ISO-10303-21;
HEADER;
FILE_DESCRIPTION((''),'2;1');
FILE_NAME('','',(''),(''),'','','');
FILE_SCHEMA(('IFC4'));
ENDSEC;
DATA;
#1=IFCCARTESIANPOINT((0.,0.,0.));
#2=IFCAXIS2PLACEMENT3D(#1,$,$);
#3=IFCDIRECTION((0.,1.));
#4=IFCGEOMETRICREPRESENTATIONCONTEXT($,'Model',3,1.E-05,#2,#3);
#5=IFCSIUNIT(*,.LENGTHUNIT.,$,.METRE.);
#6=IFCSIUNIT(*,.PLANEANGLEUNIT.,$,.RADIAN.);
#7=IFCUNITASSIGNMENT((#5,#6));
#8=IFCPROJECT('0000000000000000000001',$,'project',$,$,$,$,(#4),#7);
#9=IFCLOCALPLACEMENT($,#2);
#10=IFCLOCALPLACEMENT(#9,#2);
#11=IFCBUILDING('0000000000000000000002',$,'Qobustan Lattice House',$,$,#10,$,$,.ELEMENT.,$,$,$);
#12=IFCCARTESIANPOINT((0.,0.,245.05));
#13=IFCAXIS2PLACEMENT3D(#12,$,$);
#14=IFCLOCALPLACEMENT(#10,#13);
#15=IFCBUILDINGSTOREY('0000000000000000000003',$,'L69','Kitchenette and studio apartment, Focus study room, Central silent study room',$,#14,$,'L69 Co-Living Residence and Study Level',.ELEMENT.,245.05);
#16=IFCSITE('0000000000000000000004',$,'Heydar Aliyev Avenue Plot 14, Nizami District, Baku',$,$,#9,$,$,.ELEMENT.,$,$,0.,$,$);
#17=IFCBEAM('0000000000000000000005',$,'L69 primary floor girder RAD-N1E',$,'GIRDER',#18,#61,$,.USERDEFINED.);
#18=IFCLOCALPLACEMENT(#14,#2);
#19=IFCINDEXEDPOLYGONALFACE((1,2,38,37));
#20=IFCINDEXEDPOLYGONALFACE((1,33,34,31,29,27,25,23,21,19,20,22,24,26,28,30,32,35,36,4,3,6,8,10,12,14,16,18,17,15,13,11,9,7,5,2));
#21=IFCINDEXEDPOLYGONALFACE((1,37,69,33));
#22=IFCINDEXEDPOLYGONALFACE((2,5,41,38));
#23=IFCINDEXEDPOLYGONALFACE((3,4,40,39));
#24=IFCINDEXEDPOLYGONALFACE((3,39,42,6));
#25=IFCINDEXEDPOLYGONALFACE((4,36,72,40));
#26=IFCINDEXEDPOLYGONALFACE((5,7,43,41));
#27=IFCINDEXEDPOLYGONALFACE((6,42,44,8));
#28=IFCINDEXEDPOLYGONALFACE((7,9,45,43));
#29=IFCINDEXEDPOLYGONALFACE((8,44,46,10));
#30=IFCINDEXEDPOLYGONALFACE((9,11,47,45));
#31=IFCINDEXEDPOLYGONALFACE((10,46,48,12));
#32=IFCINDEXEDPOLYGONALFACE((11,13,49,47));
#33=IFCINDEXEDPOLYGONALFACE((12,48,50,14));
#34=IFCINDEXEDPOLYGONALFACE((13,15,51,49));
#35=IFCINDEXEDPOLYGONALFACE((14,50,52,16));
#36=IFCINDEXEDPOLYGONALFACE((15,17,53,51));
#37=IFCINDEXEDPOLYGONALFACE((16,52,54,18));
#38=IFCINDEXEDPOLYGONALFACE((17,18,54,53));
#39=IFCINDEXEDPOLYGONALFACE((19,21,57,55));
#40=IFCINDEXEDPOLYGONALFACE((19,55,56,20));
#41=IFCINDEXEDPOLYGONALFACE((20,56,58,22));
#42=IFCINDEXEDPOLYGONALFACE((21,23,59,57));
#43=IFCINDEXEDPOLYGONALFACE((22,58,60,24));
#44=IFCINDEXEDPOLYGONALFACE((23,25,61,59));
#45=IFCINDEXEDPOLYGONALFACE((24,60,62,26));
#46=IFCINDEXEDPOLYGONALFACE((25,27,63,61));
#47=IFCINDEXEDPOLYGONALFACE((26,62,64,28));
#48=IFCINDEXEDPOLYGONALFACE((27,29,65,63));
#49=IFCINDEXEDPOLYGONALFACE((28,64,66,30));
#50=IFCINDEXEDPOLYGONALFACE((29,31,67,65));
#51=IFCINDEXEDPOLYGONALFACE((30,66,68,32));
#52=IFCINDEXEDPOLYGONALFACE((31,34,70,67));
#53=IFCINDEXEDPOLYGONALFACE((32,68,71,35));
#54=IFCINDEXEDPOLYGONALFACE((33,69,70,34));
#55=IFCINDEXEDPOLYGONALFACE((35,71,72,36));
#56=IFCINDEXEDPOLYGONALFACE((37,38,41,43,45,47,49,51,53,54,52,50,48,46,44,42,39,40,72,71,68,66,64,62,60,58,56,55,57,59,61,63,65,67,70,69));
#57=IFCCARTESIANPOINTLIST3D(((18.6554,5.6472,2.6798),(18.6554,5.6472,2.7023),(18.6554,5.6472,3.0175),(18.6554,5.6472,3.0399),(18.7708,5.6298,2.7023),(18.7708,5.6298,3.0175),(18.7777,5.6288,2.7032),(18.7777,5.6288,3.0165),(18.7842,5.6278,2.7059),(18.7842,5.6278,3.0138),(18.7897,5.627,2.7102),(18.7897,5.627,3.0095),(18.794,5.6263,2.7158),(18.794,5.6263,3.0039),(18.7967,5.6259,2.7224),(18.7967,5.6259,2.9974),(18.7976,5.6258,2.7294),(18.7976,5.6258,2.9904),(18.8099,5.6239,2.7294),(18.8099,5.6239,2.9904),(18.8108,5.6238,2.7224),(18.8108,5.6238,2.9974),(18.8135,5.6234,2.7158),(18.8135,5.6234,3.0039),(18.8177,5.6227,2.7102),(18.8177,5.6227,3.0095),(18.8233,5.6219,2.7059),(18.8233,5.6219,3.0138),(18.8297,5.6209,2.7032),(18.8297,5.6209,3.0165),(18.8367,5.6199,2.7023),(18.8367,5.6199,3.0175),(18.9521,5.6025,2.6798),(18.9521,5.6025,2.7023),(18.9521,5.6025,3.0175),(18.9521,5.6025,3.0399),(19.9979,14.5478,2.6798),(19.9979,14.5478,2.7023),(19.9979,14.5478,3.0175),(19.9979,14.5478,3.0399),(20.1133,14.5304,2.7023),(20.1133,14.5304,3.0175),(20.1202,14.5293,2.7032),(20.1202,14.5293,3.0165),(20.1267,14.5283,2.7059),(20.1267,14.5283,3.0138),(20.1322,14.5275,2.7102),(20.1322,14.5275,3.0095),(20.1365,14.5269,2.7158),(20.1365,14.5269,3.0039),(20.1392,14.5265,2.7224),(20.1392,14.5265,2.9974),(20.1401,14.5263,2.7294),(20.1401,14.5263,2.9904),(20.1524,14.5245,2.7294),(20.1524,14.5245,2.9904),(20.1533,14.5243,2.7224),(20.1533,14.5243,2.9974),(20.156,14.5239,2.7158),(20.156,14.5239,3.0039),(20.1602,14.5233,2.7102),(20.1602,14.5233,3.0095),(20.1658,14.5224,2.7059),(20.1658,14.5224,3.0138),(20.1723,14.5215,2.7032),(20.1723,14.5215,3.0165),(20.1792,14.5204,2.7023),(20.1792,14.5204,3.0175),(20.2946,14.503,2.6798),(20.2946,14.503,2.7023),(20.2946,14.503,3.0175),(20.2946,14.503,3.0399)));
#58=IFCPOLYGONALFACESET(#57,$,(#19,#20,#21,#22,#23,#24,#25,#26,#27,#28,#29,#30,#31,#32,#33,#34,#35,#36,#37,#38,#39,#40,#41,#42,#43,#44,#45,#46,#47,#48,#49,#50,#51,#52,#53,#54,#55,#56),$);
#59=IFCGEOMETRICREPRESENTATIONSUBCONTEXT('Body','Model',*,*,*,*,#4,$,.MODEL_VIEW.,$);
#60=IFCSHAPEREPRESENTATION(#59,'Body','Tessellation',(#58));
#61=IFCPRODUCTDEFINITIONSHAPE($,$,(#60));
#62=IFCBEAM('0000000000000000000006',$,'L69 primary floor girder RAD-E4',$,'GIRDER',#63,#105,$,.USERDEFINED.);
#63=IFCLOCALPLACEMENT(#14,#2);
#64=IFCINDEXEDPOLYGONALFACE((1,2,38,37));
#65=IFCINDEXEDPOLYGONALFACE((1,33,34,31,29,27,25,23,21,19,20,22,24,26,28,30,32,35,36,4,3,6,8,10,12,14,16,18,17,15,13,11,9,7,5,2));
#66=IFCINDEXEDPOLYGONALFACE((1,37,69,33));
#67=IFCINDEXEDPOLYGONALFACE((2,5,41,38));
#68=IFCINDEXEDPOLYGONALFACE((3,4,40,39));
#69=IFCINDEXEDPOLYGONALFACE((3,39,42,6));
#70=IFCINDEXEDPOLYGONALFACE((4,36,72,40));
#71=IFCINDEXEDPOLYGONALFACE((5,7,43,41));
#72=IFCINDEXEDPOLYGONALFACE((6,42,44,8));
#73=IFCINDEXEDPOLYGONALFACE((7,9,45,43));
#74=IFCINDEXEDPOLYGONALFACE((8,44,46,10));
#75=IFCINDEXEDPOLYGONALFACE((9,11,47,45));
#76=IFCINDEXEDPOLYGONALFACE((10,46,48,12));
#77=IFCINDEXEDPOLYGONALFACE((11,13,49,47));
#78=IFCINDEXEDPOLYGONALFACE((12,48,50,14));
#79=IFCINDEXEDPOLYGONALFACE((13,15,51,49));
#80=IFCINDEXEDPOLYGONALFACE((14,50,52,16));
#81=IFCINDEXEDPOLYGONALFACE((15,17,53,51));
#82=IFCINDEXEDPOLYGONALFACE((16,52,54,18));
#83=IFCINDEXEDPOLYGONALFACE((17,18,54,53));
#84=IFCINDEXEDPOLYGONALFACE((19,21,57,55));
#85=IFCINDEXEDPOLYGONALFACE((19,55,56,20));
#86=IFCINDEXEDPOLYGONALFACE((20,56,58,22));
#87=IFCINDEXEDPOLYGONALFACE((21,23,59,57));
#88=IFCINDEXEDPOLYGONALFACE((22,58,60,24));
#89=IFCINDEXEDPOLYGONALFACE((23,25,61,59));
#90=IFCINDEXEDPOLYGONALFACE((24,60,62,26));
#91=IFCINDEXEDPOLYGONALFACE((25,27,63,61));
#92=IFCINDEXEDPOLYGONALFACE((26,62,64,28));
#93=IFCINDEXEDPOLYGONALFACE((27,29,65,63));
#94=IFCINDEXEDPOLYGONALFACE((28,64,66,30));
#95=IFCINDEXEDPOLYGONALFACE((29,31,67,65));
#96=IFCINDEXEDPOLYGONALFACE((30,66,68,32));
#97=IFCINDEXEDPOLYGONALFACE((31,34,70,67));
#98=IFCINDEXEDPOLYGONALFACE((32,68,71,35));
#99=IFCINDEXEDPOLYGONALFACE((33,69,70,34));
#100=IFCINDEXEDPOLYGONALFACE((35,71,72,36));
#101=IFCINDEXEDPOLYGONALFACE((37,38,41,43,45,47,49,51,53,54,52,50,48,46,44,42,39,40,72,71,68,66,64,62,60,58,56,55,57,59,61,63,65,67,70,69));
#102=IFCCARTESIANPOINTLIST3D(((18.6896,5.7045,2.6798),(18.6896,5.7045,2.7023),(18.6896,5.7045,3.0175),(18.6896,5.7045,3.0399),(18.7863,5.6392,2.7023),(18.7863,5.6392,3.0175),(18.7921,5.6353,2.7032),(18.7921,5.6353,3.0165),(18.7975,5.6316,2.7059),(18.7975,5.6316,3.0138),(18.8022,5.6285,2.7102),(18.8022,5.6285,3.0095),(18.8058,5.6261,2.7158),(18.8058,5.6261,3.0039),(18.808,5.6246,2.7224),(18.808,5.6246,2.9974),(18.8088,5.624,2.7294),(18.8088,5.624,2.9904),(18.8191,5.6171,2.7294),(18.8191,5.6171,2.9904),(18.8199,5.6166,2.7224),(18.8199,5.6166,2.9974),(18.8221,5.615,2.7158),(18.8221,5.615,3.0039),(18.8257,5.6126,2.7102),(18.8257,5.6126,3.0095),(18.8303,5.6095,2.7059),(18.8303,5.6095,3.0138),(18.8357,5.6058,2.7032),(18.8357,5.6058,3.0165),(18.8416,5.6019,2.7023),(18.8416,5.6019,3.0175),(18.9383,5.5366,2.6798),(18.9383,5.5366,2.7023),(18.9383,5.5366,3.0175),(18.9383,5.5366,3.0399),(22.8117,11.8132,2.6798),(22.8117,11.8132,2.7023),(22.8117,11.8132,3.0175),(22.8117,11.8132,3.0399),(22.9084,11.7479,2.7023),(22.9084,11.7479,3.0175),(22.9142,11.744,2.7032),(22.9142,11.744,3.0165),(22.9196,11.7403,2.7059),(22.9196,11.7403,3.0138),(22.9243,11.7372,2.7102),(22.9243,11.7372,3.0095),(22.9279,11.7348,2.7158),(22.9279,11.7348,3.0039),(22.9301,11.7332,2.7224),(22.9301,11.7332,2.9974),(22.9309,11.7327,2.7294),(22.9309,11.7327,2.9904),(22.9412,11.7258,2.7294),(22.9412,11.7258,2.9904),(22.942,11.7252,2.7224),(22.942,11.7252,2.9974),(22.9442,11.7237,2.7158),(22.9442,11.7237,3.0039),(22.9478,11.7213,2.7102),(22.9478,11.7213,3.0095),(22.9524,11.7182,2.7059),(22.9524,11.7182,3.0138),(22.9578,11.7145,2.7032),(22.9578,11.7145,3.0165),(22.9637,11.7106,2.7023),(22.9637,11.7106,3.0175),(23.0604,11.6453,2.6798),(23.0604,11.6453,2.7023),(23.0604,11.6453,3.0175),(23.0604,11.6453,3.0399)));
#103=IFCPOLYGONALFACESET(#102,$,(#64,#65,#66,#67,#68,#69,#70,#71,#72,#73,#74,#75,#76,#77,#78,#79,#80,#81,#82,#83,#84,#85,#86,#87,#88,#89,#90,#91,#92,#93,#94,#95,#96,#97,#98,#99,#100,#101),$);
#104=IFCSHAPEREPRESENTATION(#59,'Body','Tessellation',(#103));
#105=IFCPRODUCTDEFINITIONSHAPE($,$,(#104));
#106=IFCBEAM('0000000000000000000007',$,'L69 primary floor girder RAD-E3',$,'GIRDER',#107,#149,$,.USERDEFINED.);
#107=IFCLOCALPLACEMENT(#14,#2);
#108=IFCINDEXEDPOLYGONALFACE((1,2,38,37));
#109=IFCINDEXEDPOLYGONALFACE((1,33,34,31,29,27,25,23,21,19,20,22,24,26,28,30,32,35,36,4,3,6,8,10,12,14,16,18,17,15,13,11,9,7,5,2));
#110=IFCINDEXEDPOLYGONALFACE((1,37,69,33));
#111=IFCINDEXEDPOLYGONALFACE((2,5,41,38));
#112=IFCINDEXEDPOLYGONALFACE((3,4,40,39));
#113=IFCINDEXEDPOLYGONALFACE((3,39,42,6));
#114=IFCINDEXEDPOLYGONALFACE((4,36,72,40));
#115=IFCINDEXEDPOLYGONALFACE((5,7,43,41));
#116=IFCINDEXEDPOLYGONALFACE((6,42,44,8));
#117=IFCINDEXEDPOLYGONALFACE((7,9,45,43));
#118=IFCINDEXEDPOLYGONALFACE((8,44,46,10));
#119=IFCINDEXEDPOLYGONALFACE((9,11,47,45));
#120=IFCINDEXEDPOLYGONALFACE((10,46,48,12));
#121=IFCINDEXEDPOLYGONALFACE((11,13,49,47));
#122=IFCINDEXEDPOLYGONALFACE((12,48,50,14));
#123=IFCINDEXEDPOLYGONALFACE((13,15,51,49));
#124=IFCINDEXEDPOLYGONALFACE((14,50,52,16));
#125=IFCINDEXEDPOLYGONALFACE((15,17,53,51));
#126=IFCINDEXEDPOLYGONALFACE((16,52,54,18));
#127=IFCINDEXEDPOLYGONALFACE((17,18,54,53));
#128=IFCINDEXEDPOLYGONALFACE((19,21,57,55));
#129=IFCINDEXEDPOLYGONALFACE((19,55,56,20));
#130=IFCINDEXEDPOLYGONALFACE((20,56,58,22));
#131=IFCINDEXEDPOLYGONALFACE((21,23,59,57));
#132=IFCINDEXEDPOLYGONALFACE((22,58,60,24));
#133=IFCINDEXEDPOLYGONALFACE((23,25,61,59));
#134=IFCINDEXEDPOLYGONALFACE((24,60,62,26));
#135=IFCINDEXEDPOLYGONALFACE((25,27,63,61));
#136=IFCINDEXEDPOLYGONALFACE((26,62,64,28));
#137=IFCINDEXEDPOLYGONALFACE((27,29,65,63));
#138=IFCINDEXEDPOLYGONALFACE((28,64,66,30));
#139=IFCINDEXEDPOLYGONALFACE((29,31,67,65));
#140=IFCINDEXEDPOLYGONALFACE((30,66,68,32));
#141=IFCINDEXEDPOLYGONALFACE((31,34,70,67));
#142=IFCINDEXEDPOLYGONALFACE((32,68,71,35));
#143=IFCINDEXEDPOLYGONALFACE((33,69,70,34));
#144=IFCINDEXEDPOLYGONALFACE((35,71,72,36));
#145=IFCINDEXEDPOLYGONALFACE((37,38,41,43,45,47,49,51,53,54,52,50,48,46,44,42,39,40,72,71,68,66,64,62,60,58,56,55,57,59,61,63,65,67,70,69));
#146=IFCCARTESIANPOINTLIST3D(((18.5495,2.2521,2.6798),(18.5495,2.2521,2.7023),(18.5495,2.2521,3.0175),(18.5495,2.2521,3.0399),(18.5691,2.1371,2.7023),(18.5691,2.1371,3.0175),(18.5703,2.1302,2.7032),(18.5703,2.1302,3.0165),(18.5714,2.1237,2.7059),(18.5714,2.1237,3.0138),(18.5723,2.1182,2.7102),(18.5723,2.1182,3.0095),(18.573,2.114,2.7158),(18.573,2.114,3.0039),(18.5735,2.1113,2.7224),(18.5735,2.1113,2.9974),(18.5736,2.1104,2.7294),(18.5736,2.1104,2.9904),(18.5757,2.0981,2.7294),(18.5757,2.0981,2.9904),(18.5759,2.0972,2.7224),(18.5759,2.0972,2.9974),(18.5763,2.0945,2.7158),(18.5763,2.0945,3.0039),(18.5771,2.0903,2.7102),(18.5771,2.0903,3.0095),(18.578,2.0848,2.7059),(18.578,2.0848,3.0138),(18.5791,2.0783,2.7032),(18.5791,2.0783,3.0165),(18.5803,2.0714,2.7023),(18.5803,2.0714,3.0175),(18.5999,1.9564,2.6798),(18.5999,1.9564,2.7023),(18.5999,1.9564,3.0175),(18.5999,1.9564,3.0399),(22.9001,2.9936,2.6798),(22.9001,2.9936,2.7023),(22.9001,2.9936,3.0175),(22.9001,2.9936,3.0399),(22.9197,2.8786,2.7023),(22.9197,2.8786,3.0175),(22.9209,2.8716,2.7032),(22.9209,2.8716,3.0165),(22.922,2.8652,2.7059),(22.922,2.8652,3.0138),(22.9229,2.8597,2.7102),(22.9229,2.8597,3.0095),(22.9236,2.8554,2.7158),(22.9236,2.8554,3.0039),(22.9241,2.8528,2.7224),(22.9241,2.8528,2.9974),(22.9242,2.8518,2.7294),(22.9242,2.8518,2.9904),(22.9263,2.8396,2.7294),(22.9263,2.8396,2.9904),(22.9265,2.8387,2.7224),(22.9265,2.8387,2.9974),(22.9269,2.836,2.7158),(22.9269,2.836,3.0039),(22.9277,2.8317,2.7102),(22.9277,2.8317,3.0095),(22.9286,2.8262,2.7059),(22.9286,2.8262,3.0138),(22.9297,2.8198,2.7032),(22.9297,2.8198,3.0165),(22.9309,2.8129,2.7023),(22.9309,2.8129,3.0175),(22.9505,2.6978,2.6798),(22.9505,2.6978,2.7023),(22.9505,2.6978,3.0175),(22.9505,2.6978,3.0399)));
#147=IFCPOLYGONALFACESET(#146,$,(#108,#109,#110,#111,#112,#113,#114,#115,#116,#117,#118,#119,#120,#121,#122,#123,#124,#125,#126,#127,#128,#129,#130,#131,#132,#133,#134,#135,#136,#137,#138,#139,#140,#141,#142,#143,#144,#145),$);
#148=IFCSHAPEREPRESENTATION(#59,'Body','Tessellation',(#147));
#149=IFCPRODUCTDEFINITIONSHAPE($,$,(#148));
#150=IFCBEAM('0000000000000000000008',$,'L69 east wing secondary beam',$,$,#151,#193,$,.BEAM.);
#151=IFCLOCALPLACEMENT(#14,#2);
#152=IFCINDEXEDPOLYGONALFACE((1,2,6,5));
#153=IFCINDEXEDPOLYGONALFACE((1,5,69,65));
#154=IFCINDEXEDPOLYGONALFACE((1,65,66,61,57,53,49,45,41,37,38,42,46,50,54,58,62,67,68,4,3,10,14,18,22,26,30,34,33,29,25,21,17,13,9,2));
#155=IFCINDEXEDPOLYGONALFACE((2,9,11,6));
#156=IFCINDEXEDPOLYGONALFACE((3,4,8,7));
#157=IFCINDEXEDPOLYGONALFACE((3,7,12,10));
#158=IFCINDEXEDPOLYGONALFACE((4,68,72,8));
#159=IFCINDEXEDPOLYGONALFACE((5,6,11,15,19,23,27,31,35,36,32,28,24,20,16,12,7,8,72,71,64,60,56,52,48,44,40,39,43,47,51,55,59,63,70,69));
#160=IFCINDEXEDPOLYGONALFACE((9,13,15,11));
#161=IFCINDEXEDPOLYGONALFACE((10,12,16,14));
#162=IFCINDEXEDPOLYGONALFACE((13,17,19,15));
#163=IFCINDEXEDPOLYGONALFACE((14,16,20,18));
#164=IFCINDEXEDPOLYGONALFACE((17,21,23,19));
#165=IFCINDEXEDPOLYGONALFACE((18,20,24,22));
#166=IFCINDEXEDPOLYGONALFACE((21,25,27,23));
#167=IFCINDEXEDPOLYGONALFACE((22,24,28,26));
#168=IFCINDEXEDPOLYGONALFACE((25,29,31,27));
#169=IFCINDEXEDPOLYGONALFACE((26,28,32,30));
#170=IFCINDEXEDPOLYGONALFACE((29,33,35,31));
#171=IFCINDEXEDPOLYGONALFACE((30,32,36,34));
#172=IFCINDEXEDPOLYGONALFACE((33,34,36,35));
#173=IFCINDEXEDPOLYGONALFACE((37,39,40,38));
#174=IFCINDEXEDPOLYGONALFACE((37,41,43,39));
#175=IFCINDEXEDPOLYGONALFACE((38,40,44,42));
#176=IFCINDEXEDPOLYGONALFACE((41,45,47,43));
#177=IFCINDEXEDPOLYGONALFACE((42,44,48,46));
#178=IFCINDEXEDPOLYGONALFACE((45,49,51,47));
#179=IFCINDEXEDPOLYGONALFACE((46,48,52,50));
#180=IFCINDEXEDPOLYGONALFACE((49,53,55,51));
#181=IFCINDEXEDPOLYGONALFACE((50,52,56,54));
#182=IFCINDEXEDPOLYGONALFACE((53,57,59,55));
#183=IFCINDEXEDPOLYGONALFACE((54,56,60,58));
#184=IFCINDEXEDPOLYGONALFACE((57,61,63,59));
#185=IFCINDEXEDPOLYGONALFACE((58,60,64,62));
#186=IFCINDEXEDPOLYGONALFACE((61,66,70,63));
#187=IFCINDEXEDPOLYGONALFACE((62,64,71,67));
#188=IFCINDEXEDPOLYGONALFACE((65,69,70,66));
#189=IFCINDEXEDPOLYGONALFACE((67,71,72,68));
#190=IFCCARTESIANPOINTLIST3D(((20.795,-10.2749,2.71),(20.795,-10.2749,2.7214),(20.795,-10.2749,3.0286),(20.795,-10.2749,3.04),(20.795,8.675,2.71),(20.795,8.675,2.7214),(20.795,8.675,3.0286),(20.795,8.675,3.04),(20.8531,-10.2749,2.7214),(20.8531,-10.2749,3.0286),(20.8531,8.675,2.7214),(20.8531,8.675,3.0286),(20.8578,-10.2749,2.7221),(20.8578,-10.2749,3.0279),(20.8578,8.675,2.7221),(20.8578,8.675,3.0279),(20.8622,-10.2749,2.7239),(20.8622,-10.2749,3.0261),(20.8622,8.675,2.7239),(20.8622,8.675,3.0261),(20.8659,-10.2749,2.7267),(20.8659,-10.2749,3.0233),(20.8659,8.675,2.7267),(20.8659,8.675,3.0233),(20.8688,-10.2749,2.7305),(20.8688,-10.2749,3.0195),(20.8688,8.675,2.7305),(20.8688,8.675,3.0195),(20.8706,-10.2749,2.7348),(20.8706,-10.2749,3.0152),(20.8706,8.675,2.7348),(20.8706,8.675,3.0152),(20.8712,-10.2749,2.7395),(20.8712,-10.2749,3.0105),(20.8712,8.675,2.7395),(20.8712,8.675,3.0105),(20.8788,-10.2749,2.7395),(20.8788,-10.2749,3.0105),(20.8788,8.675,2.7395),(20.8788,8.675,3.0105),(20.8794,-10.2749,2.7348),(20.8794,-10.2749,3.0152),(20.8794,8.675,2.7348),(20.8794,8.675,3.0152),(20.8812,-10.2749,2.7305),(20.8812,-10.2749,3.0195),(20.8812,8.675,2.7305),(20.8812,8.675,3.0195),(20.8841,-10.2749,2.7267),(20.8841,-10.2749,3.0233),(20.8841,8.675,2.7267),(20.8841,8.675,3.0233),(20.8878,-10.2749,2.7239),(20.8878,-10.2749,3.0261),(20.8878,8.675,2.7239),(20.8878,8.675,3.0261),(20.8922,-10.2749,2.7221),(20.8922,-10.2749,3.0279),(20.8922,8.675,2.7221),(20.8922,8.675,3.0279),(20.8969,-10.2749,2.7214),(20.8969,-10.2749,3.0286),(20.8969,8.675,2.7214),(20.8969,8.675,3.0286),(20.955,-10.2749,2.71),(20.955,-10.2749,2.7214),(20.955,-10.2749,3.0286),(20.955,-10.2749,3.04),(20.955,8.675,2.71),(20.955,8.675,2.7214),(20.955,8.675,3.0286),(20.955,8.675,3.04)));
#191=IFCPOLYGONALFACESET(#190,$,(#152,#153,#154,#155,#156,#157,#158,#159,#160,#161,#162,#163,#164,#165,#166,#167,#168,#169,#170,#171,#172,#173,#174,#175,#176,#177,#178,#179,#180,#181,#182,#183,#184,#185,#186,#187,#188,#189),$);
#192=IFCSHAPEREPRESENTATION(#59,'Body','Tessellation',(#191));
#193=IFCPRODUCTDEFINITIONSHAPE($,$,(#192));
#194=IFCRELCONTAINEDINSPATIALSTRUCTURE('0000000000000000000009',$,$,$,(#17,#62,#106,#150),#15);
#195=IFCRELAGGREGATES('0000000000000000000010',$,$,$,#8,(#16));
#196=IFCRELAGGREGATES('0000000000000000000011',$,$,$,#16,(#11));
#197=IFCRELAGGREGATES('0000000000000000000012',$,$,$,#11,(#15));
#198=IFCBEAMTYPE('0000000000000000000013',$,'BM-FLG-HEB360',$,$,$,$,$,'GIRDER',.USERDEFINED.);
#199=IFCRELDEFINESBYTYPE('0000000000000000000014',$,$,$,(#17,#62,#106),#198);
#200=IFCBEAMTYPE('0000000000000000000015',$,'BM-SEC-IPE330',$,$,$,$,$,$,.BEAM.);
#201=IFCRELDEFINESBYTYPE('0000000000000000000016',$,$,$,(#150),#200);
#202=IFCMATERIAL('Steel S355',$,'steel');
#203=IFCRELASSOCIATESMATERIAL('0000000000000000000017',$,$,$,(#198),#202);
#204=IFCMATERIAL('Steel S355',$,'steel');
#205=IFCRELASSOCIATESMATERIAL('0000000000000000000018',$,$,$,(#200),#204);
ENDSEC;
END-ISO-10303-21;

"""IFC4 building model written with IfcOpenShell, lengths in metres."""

from ifc_helpers import new_model, si_unit, direction, frame, origin, origin_2d, place, context, subcontext, project, spatial, i_section, extrude, material, material_profile, profile_set, type_object, element, save


model = new_model("IFC4")

# Units and contexts
model_context = context("Model", 3, precision=1e-05, world=origin(), true_north=direction((0.0, 1.0)))
body_context = subcontext(model_context, "Body", "Model", "MODEL_VIEW")
ifc_project = project(units=[si_unit("LENGTHUNIT", "METRE"), si_unit("PLANEANGLEUNIT", "RADIAN")], contexts=[model_context])

# Site, building, storey
site_placement = place(None, origin())
site = spatial("IfcSite", under=ifc_project, at=site_placement, Name="Heydar Aliyev Avenue Plot 14, Nizami District, Baku", CompositionType="ELEMENT", RefElevation=0.0)
building_placement = place(site_placement, origin())
building = spatial("IfcBuilding", under=site, at=building_placement, Name="Qobustan Lattice House", CompositionType="ELEMENT")
storey_placement = place(building_placement, frame((0.0, 0.0, 245.05)))
storey = spatial("IfcBuildingStorey", under=building, at=storey_placement, Name="L69", Description="Kitchenette and studio apartment, Focus study room, Central silent study room", LongName="L69 Co-Living Residence and Study Level", CompositionType="ELEMENT", Elevation=245.05)

# Beams
ifc_material_1 = material(Name="Steel S355", Category="steel")
ifc_material_profile_1 = material_profile(ifc_material_1, i_section(OverallWidth=0.3, OverallDepth=0.3601, WebThickness=0.0125, FlangeThickness=0.0225, FilletRadius=0.0271, at=origin_2d()), Name="HEB360")
ifc_profile_set_1 = profile_set([ifc_material_profile_1], Name="Steel S355")
beam_type_1 = type_object("IfcBeamType", Name="BM-FLG-HEB360", ElementType="GIRDER", PredefinedType="USERDEFINED", material=ifc_profile_set_1)
beam_1_placement = place(storey_placement, frame((20.1462, 14.5254, 2.8599), z_axis=(-0.149148, -0.988815, 0.0), x_axis=(0.988815, -0.149148, 0.0)))
element("IfcBeam", 1, at=beam_1_placement, inside=storey, type_object=beam_type_1, Name="L69 primary floor girder RAD-N1E", ObjectType="GIRDER", PredefinedType="USERDEFINED", context=body_context, shape_type="SweptSolid", body=[
    extrude(i_section(OverallWidth=0.3, OverallDepth=0.3601, WebThickness=0.0125, FlangeThickness=0.0225, FilletRadius=0.0271, at=origin_2d()), origin(), (0.0, 0.0, 1.0), 9.0012),
])
beam_2_placement = place(storey_placement, frame((22.936, 11.7292, 2.8599), z_axis=(-0.559355, -0.828928, 0.0), x_axis=(0.828928, -0.559355, 0.0)))
element("IfcBeam", 2, at=beam_2_placement, inside=storey, type_object=beam_type_1, Name="L69 primary floor girder RAD-E4", ObjectType="GIRDER", PredefinedType="USERDEFINED", context=body_context, shape_type="SweptSolid", body=[
    extrude(i_section(OverallWidth=0.3, OverallDepth=0.3601, WebThickness=0.0125, FlangeThickness=0.0225, FilletRadius=0.0271, at=origin_2d()), origin(), (0.0, 0.0, 1.0), 7.3694),
])
beam_3_placement = place(storey_placement, frame((22.9253, 2.8457, 2.8599), z_axis=(-0.985786, -0.168004, 0.0), x_axis=(0.168004, -0.985786, 0.0)))
element("IfcBeam", 3, at=beam_3_placement, inside=storey, type_object=beam_type_1, Name="L69 primary floor girder RAD-E3", ObjectType="GIRDER", PredefinedType="USERDEFINED", context=body_context, shape_type="SweptSolid", body=[
    extrude(i_section(OverallWidth=0.3, OverallDepth=0.3601, WebThickness=0.0125, FlangeThickness=0.0225, FilletRadius=0.0271, at=origin_2d()), origin(), (0.0, 0.0, 1.0), 4.4133),
])
ifc_material_2 = material(Name="Steel S355", Category="steel")
ifc_material_profile_2 = material_profile(ifc_material_2, i_section(OverallWidth=0.1599, OverallDepth=0.3301, WebThickness=0.0076, FlangeThickness=0.0115, FilletRadius=0.0181, at=origin_2d()), Name="IPE330")
ifc_profile_set_2 = profile_set([ifc_material_profile_2], Name="Steel S355")
beam_type_2 = type_object("IfcBeamType", Name="BM-SEC-IPE330", PredefinedType="BEAM", material=ifc_profile_set_2)
beam_4_placement = place(storey_placement, frame((20.875, 8.675, 2.875), z_axis=(0.0, -1.0, 0.0), x_axis=(1.0, 0.0, 0.0)))
element("IfcBeam", 4, at=beam_4_placement, inside=storey, type_object=beam_type_2, Name="L69 east wing secondary beam", PredefinedType="BEAM", context=body_context, shape_type="SweptSolid", body=[
    extrude(i_section(OverallWidth=0.1599, OverallDepth=0.3301, WebThickness=0.0076, FlangeThickness=0.0115, FilletRadius=0.0181, at=origin_2d()), origin(), (0.0, 0.0, 1.0), 18.95),
])

save(model, "model.ifc")
